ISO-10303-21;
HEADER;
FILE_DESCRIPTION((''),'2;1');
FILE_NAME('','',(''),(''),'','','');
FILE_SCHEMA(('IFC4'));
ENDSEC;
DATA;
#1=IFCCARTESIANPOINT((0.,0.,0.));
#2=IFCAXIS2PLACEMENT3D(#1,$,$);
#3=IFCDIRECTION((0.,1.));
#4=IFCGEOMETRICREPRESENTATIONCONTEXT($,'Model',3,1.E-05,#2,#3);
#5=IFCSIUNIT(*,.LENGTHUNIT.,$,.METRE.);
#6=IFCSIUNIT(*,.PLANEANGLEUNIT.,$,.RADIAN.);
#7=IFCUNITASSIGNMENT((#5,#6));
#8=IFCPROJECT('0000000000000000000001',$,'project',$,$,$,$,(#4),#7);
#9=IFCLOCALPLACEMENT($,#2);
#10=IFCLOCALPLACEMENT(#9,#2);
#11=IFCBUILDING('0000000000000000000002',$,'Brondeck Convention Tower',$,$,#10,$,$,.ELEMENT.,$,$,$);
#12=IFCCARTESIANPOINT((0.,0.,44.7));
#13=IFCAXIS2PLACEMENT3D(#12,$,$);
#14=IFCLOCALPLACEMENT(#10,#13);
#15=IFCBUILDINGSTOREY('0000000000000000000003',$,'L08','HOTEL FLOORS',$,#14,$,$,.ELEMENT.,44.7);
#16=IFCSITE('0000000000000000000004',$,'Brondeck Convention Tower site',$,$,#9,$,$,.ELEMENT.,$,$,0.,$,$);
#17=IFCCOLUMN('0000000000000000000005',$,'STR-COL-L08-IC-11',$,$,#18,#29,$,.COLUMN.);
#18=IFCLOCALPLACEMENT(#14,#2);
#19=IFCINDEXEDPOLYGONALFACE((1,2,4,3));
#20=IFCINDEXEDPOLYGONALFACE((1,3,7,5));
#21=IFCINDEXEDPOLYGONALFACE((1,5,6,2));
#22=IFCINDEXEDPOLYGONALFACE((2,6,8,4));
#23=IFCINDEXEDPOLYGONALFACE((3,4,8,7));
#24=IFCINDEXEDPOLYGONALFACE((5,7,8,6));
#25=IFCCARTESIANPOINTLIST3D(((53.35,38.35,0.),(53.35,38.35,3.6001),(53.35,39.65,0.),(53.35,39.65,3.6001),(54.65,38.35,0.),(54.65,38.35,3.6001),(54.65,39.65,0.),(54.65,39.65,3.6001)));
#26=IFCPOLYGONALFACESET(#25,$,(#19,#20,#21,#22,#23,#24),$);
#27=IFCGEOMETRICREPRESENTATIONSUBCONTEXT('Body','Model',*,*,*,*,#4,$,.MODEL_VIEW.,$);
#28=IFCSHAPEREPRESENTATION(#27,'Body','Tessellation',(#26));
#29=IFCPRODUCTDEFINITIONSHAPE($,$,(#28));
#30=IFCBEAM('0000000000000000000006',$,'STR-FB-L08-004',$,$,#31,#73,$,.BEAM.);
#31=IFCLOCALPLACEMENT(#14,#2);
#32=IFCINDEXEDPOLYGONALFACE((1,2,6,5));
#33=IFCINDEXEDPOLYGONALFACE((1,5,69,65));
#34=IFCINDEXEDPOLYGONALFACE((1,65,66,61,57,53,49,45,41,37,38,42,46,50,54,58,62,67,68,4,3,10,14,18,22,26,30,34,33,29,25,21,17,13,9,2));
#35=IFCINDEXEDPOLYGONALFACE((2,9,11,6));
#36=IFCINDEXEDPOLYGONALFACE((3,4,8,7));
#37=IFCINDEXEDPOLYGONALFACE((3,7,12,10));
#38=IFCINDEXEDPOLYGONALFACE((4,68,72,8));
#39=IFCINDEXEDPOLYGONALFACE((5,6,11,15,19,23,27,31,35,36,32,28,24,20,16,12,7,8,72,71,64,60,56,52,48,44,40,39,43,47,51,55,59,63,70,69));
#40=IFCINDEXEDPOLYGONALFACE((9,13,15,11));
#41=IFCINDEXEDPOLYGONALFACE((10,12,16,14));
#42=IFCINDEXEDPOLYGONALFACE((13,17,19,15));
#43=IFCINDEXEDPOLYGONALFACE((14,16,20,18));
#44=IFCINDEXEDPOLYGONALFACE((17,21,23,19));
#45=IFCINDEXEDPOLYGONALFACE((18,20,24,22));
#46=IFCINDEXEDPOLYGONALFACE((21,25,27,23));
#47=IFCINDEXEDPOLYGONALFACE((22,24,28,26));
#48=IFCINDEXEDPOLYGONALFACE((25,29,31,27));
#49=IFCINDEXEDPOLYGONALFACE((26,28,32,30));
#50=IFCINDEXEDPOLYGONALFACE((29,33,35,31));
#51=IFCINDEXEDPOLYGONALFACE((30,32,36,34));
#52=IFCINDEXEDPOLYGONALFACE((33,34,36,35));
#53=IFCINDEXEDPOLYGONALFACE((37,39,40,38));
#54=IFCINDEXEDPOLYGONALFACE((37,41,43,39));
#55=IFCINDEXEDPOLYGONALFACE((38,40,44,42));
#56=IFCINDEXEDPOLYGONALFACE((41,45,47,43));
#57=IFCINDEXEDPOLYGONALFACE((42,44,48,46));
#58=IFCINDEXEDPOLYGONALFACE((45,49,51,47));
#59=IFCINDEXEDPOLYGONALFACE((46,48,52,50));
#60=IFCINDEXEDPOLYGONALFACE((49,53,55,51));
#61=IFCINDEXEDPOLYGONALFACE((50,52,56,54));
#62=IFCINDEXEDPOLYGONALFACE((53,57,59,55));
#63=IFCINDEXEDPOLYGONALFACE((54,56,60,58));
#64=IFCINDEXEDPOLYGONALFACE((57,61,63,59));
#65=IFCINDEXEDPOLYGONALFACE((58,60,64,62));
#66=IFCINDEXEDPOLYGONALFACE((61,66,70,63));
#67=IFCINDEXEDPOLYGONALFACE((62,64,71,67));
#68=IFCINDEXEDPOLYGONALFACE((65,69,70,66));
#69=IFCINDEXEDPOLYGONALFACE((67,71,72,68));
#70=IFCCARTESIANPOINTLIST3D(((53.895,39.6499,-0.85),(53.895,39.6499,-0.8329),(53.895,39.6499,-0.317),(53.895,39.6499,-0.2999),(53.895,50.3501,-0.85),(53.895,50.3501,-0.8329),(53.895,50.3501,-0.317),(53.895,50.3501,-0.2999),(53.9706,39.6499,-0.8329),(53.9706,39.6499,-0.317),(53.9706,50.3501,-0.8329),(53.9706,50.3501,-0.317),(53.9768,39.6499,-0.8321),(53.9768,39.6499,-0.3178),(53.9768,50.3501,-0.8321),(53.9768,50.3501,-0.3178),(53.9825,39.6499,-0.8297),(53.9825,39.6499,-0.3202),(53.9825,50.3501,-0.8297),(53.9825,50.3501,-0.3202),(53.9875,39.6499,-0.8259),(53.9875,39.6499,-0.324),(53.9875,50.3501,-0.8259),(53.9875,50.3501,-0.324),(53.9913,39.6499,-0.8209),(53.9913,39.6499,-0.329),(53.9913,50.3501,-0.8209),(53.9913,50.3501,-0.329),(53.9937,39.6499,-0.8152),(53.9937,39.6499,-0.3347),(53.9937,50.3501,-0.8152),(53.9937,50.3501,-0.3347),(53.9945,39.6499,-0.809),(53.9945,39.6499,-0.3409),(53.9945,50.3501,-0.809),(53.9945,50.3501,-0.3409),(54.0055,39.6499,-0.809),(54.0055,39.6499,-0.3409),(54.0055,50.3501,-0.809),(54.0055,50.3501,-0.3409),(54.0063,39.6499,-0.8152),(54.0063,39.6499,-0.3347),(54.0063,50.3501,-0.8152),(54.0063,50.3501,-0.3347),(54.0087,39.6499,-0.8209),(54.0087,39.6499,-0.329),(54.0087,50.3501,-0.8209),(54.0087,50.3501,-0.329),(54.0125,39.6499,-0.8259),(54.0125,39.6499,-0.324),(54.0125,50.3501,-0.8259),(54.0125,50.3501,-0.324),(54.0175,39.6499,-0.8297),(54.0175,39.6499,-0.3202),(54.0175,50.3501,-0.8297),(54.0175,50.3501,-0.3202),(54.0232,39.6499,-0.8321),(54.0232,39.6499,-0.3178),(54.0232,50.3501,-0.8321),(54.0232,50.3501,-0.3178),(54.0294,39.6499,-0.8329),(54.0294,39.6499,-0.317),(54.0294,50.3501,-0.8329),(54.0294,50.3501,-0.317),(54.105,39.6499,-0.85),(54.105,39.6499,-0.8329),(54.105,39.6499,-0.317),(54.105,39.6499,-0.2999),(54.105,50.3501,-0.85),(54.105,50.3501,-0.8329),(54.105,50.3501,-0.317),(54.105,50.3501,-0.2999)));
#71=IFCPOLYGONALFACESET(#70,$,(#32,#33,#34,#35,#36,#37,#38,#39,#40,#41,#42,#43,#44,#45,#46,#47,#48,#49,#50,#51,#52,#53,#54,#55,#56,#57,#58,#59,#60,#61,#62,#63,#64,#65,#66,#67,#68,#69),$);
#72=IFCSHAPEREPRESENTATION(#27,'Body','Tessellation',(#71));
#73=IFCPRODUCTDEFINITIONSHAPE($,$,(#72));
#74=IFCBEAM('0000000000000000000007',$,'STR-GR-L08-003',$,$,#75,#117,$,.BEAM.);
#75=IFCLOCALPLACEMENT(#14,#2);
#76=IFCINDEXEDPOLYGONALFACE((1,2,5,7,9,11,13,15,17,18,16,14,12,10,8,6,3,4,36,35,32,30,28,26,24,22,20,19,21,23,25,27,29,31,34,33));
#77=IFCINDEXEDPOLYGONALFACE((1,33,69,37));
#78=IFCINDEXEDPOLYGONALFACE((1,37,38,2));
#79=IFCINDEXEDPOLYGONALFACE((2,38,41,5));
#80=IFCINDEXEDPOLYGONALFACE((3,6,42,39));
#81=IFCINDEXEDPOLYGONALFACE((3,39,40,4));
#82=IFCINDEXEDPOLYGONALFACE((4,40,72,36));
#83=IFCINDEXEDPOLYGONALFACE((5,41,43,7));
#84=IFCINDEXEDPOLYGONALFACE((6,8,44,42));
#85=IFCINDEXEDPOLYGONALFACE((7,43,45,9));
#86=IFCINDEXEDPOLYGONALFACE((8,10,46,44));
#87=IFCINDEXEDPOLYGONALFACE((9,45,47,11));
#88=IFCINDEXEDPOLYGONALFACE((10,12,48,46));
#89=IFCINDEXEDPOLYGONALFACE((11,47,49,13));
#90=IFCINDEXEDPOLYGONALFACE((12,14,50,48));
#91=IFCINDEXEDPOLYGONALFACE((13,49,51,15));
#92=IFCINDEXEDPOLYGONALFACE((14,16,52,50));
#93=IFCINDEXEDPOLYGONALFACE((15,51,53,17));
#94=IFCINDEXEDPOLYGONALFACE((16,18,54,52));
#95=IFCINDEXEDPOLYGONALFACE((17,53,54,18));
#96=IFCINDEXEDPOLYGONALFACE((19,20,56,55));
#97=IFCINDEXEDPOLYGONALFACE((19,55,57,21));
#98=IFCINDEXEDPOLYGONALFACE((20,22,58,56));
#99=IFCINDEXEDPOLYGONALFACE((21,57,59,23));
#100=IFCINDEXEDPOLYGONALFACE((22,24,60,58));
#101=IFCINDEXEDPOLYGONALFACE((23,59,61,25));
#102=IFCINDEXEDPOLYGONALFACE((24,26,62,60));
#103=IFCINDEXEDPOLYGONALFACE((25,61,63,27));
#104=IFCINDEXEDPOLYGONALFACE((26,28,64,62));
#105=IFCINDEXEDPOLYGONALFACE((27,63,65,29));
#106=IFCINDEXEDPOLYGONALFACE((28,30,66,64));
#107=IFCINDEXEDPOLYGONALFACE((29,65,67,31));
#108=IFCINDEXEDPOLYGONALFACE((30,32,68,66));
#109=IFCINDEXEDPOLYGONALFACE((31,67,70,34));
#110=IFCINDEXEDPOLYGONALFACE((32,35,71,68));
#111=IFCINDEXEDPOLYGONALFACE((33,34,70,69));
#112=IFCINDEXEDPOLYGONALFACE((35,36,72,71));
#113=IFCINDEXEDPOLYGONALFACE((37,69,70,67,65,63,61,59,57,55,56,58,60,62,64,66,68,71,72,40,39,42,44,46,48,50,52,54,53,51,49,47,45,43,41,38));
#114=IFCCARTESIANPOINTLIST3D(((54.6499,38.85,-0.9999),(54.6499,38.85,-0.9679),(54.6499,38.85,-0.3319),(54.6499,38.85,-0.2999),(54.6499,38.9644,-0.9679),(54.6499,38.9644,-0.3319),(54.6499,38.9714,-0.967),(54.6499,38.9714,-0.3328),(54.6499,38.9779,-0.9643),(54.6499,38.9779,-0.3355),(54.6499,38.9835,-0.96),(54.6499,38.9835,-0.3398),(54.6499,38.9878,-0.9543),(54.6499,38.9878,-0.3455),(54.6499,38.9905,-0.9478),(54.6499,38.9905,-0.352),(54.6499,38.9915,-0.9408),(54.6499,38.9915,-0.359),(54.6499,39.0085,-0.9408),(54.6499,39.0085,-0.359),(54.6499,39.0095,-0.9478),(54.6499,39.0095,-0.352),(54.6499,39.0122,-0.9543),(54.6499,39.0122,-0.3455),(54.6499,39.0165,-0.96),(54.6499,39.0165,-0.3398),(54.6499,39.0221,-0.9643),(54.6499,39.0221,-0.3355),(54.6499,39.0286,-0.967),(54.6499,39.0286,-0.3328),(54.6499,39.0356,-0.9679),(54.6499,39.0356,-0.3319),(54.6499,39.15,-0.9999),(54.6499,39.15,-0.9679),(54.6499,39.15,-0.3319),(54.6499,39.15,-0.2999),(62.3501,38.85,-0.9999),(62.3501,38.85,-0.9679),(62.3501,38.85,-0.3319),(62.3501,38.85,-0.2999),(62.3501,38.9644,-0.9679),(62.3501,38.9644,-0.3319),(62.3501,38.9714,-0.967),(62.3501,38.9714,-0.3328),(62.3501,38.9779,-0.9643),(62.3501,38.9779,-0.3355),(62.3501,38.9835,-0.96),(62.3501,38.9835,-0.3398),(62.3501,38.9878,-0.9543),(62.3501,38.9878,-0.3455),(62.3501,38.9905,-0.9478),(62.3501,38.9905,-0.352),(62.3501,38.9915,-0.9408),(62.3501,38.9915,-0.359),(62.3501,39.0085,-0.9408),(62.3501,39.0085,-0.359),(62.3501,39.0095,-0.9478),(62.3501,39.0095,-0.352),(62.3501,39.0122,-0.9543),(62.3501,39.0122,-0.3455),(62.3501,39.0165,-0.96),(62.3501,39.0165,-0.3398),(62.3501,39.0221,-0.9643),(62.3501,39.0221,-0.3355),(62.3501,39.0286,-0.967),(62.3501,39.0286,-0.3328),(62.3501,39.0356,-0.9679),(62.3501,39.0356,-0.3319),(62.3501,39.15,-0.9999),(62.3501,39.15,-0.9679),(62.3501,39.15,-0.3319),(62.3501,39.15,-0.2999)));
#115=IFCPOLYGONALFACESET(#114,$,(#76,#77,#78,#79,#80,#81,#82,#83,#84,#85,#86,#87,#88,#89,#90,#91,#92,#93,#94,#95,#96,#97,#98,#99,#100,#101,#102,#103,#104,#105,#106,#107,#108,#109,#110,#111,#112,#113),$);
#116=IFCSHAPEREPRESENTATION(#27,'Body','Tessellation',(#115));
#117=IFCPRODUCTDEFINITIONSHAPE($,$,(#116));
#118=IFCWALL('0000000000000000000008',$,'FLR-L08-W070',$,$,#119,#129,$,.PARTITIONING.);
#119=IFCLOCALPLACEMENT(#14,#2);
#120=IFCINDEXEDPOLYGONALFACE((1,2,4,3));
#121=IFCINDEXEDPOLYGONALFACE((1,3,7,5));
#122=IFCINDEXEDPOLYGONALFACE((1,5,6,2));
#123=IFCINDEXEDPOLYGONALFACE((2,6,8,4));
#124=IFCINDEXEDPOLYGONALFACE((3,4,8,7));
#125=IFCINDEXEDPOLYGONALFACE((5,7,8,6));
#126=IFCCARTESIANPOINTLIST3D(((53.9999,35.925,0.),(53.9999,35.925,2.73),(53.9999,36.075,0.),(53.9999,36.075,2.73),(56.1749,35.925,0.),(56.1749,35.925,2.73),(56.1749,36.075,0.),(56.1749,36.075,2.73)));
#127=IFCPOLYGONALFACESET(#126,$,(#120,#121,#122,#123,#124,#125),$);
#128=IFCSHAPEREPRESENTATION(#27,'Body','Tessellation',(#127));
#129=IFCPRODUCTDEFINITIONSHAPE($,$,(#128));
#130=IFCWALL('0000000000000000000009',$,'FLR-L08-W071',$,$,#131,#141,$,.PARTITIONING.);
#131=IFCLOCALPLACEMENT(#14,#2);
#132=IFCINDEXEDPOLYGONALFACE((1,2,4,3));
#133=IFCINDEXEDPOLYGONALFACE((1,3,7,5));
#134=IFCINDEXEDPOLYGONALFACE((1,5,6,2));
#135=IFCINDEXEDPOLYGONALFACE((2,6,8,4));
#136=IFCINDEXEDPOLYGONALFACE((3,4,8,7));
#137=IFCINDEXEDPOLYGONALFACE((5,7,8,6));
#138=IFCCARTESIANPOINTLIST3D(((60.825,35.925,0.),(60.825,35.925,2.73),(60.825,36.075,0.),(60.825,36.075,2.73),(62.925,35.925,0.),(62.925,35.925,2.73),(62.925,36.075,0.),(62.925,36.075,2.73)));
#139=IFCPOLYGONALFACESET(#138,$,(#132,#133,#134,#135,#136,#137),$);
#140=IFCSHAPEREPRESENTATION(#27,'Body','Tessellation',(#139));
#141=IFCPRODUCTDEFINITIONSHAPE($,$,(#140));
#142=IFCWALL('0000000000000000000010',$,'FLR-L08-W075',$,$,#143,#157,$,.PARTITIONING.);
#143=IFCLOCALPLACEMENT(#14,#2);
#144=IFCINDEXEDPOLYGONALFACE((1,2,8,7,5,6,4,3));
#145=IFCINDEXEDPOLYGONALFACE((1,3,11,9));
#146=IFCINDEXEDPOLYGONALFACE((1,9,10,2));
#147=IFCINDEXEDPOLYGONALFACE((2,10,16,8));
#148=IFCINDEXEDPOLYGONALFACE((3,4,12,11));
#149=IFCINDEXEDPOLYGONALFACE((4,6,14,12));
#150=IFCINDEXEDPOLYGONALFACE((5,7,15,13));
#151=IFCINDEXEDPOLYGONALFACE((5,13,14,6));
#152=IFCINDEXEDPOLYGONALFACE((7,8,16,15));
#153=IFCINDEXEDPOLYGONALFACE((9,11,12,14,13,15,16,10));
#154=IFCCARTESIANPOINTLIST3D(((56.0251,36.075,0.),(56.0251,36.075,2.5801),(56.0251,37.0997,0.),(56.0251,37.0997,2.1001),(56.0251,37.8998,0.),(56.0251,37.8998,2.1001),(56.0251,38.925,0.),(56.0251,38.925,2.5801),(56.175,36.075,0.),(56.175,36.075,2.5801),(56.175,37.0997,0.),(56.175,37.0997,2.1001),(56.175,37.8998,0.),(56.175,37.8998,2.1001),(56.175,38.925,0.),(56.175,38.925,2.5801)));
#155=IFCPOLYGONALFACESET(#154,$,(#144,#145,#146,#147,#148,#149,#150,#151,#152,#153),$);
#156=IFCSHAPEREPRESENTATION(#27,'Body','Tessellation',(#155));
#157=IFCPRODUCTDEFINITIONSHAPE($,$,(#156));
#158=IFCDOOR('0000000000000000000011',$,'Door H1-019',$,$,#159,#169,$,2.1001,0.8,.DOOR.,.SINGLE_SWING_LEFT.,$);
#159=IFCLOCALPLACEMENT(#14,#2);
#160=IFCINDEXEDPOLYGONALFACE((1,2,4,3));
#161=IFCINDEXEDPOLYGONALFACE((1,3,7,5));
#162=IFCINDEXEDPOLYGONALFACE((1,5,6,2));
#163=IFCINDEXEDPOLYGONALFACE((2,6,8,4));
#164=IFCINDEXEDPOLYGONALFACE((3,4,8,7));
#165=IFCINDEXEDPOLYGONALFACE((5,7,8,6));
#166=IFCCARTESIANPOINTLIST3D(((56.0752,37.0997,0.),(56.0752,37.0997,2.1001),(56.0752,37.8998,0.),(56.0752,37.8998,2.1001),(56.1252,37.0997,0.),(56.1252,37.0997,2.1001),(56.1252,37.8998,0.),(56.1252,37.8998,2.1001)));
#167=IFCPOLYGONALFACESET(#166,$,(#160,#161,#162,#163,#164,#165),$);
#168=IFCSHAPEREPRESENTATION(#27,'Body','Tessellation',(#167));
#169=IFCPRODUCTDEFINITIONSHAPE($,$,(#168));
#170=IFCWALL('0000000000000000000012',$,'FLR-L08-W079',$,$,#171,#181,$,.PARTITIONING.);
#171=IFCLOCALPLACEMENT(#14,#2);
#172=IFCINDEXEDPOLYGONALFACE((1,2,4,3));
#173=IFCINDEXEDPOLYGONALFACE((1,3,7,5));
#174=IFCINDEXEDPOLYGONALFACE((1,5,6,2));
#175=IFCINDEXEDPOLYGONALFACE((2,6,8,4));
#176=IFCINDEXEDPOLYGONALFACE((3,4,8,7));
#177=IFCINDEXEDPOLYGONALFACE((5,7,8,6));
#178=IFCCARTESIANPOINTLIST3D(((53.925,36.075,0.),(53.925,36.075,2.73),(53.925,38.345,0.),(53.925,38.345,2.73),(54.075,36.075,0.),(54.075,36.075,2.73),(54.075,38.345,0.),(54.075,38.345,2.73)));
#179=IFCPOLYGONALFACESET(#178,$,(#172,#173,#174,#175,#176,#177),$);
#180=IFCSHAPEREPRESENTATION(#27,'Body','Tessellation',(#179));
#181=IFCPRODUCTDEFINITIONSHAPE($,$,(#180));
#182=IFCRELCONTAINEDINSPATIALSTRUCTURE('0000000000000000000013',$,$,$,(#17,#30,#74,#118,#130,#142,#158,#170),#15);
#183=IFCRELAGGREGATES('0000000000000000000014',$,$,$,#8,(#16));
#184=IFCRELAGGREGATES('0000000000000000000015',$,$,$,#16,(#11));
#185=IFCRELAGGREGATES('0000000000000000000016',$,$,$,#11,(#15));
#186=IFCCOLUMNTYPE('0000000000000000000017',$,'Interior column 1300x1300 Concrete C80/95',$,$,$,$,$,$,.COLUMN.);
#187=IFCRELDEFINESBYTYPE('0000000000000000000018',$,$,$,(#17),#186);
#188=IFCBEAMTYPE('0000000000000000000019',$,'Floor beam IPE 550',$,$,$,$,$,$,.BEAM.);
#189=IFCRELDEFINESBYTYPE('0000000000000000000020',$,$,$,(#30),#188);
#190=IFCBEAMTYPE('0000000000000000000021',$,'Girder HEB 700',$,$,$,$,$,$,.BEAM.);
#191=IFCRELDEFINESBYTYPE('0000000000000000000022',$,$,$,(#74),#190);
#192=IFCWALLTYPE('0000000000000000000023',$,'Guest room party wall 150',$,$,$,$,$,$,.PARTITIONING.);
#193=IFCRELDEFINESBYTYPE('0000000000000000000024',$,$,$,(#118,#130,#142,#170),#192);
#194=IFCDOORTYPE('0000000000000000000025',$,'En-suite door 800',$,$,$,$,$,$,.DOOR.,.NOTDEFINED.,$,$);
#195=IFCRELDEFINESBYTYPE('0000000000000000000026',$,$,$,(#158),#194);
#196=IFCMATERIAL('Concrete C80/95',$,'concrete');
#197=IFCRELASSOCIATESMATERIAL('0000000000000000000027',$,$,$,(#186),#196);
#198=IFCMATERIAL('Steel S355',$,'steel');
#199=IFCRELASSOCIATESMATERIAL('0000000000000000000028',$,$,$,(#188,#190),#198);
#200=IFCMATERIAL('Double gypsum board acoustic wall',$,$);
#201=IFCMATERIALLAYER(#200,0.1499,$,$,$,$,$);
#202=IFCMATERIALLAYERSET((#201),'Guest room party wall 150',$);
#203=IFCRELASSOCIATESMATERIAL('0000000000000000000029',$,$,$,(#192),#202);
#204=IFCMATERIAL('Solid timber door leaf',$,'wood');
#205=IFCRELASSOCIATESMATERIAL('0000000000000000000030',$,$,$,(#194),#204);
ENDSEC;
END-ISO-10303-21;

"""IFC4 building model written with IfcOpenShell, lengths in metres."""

from ifc_helpers import new_model, si_unit, direction, frame, frame_2d, origin, origin_2d, place, context, subcontext, project, spatial, rectangle, i_section, extrude, material, layer, layer_set, material_profile, profile_set, type_object, element, fill, save


model = new_model("IFC4")

# Units and contexts
model_context = context("Model", 3, precision=1e-05, world=origin(), true_north=direction((0.0, 1.0)))
body_context = subcontext(model_context, "Body", "Model", "MODEL_VIEW")
ifc_project = project(units=[si_unit("LENGTHUNIT", "METRE"), si_unit("PLANEANGLEUNIT", "RADIAN")], contexts=[model_context])

# Site, building, storey
site_placement = place(None, origin())
site = spatial("IfcSite", under=ifc_project, at=site_placement, Name="Brondeck Convention Tower site", CompositionType="ELEMENT", RefElevation=0.0)
building_placement = place(site_placement, origin())
building = spatial("IfcBuilding", under=site, at=building_placement, Name="Brondeck Convention Tower", CompositionType="ELEMENT")
storey_placement = place(building_placement, frame((0.0, 0.0, 44.7)))
storey = spatial("IfcBuildingStorey", under=building, at=storey_placement, Name="L08", Description="HOTEL FLOORS", CompositionType="ELEMENT", Elevation=44.7)

# Column
ifc_material_1 = material(Name="Concrete C80/95", Category="concrete")
ifc_material_profile_1 = material_profile(ifc_material_1, rectangle(XDim=1.3, YDim=1.3, at=origin_2d()), Name="Interior column 1300x1300 Concrete C80/95")
ifc_profile_set_1 = profile_set([ifc_material_profile_1], Name="Concrete C80/95")
column_type = type_object("IfcColumnType", Name="Interior column 1300x1300 Concrete C80/95", PredefinedType="COLUMN", material=ifc_profile_set_1)
column_placement = place(storey_placement, frame((54.0, 39.0, 0.0), z_axis=(0.0, 0.0, 1.0), x_axis=(1.0, 0.0, 0.0)))
element("IfcColumn", 1, at=column_placement, inside=storey, type_object=column_type, Name="STR-COL-L08-IC-11", PredefinedType="COLUMN", context=body_context, shape_type="SweptSolid", body=[
    extrude(rectangle(XDim=1.3, YDim=1.3, at=origin_2d()), origin(), (0.0, 0.0, 1.0), 3.6001),
])

# Beams
ifc_material_2 = material(Name="Steel S355", Category="steel")
ifc_material_profile_2 = material_profile(ifc_material_2, i_section(OverallWidth=0.21, OverallDepth=0.55, WebThickness=0.011, FlangeThickness=0.0171, FilletRadius=0.0239, at=origin_2d()), Name="IPE 550")
ifc_profile_set_2 = profile_set([ifc_material_profile_2], Name="Steel S355")
beam_type_1 = type_object("IfcBeamType", Name="Floor beam IPE 550", PredefinedType="BEAM", material=ifc_profile_set_2)
beam_1_placement = place(storey_placement, frame((54.0, 39.6499, -0.575), z_axis=(0.0, 1.0, 0.0), x_axis=(-1.0, 0.0, 0.0)))
element("IfcBeam", 2, at=beam_1_placement, inside=storey, type_object=beam_type_1, Name="STR-FB-L08-004", PredefinedType="BEAM", context=body_context, shape_type="SweptSolid", body=[
    extrude(i_section(OverallWidth=0.21, OverallDepth=0.55, WebThickness=0.011, FlangeThickness=0.0171, FilletRadius=0.0239, at=origin_2d()), origin(), (0.0, 0.0, 1.0), 10.7002),
])
ifc_material_profile_3 = material_profile(ifc_material_2, i_section(OverallWidth=0.3, OverallDepth=0.7, WebThickness=0.0171, FlangeThickness=0.032, FilletRadius=0.0271, at=origin_2d()), Name="HEB 700")
ifc_profile_set_3 = profile_set([ifc_material_profile_3], Name="Steel S355")
beam_type_2 = type_object("IfcBeamType", Name="Girder HEB 700", PredefinedType="BEAM", material=ifc_profile_set_3)
beam_2_placement = place(storey_placement, frame((54.6499, 39.0, -0.6499), z_axis=(1.0, 0.0, 0.0), x_axis=(0.0, 1.0, 0.0)))
element("IfcBeam", 3, at=beam_2_placement, inside=storey, type_object=beam_type_2, Name="STR-GR-L08-003", PredefinedType="BEAM", context=body_context, shape_type="SweptSolid", body=[
    extrude(i_section(OverallWidth=0.3, OverallDepth=0.7, WebThickness=0.0171, FlangeThickness=0.032, FilletRadius=0.0271, at=origin_2d()), origin(), (0.0, 0.0, 1.0), 7.7002),
])

# Walls
ifc_material_3 = material(Name="Double gypsum board acoustic wall")
ifc_layer_1 = layer(ifc_material_3, 0.1499)
ifc_layer_set_1 = layer_set([ifc_layer_1], Name="Guest room party wall 150")
wall_type_1 = type_object("IfcWallType", Name="Guest room party wall 150", PredefinedType="PARTITIONING", material=ifc_layer_set_1)
wall_1_placement = place(storey_placement, frame((54.0, 36.0, 0.0), z_axis=(0.0, 0.0, 1.0), x_axis=(1.0, 0.0, 0.0)))
element("IfcWall", 4, at=wall_1_placement, inside=storey, type_object=wall_type_1, Name="FLR-L08-W070", PredefinedType="PARTITIONING", context=body_context, shape_type="SweptSolid", body=[
    extrude(rectangle(XDim=2.175, YDim=0.1499, at=frame_2d((1.0874, 0.0))), origin(), (0.0, 0.0, 1.0), 2.73),
])
wall_2_placement = place(storey_placement, frame((60.825, 36.0, 0.0), z_axis=(0.0, 0.0, 1.0), x_axis=(1.0, 0.0, 0.0)))
element("IfcWall", 5, at=wall_2_placement, inside=storey, type_object=wall_type_1, Name="FLR-L08-W071", PredefinedType="PARTITIONING", context=body_context, shape_type="SweptSolid", body=[
    extrude(rectangle(XDim=2.1001, YDim=0.1499, at=frame_2d((1.05, 0.0))), origin(), (0.0, 0.0, 1.0), 2.73),
])

# Wall, opening, door
wall_3_placement = place(storey_placement, frame((56.1001, 36.075, 0.0), z_axis=(0.0, 0.0, 1.0), x_axis=(0.0, 1.0, 0.0)))
wall_3 = element("IfcWall", 6, at=wall_3_placement, inside=storey, type_object=wall_type_1, Name="FLR-L08-W075", PredefinedType="PARTITIONING", context=body_context, shape_type="SweptSolid", body=[
    extrude(rectangle(XDim=2.8501, YDim=0.1499, at=frame_2d((1.425, 0.0))), origin(), (0.0, 0.0, 1.0), 2.5801),
])
opening_1_placement = place(wall_3_placement, frame((1.0249, 0.0, 0.0)))
opening_1 = element("IfcOpeningElement", 7, at=opening_1_placement, cuts=wall_3, PredefinedType="OPENING", context=body_context, shape_type="SweptSolid", body=[
    extrude(rectangle(XDim=0.8, YDim=2.1001, at=frame_2d((0.3999, 1.05))), frame((0.0, 0.085, 0.0), z_axis=(0.0, -1.0, 0.0), x_axis=(1.0, 0.0, 0.0)), (0.0, 0.0, 1.0), 0.1699),
])
ifc_material_4 = material(Name="Solid timber door leaf", Category="wood")
door_type_1 = type_object("IfcDoorType", Name="En-suite door 800", OperationType="NOTDEFINED", PredefinedType="DOOR", material=ifc_material_4)
door_1_placement = place(opening_1_placement, origin())
door_1 = element("IfcDoor", 8, at=door_1_placement, inside=storey, type_object=door_type_1, Name="Door H1-019", OperationType="SINGLE_SWING_LEFT", OverallHeight=2.1001, OverallWidth=0.8, PredefinedType="DOOR", context=body_context, shape_type="SweptSolid", body=[
    extrude(rectangle(XDim=0.8, YDim=2.1001, at=frame_2d((0.3999, 1.05))), frame((0.0, 0.0249, 0.0), z_axis=(0.0, -1.0, 0.0), x_axis=(1.0, 0.0, 0.0)), (0.0, 0.0, 1.0), 0.05),
])
fill(opening_1, door_1)

# Wall
wall_4_placement = place(storey_placement, frame((54.0, 38.345, 0.0), z_axis=(0.0, 0.0, 1.0), x_axis=(0.0, -1.0, 0.0)))
element("IfcWall", 9, at=wall_4_placement, inside=storey, type_object=wall_type_1, Name="FLR-L08-W079", PredefinedType="PARTITIONING", context=body_context, shape_type="SweptSolid", body=[
    extrude(rectangle(XDim=2.27, YDim=0.1499, at=frame_2d((1.135, 0.0))), origin(), (0.0, 0.0, 1.0), 2.73),
])

save(model, "model.ifc")
